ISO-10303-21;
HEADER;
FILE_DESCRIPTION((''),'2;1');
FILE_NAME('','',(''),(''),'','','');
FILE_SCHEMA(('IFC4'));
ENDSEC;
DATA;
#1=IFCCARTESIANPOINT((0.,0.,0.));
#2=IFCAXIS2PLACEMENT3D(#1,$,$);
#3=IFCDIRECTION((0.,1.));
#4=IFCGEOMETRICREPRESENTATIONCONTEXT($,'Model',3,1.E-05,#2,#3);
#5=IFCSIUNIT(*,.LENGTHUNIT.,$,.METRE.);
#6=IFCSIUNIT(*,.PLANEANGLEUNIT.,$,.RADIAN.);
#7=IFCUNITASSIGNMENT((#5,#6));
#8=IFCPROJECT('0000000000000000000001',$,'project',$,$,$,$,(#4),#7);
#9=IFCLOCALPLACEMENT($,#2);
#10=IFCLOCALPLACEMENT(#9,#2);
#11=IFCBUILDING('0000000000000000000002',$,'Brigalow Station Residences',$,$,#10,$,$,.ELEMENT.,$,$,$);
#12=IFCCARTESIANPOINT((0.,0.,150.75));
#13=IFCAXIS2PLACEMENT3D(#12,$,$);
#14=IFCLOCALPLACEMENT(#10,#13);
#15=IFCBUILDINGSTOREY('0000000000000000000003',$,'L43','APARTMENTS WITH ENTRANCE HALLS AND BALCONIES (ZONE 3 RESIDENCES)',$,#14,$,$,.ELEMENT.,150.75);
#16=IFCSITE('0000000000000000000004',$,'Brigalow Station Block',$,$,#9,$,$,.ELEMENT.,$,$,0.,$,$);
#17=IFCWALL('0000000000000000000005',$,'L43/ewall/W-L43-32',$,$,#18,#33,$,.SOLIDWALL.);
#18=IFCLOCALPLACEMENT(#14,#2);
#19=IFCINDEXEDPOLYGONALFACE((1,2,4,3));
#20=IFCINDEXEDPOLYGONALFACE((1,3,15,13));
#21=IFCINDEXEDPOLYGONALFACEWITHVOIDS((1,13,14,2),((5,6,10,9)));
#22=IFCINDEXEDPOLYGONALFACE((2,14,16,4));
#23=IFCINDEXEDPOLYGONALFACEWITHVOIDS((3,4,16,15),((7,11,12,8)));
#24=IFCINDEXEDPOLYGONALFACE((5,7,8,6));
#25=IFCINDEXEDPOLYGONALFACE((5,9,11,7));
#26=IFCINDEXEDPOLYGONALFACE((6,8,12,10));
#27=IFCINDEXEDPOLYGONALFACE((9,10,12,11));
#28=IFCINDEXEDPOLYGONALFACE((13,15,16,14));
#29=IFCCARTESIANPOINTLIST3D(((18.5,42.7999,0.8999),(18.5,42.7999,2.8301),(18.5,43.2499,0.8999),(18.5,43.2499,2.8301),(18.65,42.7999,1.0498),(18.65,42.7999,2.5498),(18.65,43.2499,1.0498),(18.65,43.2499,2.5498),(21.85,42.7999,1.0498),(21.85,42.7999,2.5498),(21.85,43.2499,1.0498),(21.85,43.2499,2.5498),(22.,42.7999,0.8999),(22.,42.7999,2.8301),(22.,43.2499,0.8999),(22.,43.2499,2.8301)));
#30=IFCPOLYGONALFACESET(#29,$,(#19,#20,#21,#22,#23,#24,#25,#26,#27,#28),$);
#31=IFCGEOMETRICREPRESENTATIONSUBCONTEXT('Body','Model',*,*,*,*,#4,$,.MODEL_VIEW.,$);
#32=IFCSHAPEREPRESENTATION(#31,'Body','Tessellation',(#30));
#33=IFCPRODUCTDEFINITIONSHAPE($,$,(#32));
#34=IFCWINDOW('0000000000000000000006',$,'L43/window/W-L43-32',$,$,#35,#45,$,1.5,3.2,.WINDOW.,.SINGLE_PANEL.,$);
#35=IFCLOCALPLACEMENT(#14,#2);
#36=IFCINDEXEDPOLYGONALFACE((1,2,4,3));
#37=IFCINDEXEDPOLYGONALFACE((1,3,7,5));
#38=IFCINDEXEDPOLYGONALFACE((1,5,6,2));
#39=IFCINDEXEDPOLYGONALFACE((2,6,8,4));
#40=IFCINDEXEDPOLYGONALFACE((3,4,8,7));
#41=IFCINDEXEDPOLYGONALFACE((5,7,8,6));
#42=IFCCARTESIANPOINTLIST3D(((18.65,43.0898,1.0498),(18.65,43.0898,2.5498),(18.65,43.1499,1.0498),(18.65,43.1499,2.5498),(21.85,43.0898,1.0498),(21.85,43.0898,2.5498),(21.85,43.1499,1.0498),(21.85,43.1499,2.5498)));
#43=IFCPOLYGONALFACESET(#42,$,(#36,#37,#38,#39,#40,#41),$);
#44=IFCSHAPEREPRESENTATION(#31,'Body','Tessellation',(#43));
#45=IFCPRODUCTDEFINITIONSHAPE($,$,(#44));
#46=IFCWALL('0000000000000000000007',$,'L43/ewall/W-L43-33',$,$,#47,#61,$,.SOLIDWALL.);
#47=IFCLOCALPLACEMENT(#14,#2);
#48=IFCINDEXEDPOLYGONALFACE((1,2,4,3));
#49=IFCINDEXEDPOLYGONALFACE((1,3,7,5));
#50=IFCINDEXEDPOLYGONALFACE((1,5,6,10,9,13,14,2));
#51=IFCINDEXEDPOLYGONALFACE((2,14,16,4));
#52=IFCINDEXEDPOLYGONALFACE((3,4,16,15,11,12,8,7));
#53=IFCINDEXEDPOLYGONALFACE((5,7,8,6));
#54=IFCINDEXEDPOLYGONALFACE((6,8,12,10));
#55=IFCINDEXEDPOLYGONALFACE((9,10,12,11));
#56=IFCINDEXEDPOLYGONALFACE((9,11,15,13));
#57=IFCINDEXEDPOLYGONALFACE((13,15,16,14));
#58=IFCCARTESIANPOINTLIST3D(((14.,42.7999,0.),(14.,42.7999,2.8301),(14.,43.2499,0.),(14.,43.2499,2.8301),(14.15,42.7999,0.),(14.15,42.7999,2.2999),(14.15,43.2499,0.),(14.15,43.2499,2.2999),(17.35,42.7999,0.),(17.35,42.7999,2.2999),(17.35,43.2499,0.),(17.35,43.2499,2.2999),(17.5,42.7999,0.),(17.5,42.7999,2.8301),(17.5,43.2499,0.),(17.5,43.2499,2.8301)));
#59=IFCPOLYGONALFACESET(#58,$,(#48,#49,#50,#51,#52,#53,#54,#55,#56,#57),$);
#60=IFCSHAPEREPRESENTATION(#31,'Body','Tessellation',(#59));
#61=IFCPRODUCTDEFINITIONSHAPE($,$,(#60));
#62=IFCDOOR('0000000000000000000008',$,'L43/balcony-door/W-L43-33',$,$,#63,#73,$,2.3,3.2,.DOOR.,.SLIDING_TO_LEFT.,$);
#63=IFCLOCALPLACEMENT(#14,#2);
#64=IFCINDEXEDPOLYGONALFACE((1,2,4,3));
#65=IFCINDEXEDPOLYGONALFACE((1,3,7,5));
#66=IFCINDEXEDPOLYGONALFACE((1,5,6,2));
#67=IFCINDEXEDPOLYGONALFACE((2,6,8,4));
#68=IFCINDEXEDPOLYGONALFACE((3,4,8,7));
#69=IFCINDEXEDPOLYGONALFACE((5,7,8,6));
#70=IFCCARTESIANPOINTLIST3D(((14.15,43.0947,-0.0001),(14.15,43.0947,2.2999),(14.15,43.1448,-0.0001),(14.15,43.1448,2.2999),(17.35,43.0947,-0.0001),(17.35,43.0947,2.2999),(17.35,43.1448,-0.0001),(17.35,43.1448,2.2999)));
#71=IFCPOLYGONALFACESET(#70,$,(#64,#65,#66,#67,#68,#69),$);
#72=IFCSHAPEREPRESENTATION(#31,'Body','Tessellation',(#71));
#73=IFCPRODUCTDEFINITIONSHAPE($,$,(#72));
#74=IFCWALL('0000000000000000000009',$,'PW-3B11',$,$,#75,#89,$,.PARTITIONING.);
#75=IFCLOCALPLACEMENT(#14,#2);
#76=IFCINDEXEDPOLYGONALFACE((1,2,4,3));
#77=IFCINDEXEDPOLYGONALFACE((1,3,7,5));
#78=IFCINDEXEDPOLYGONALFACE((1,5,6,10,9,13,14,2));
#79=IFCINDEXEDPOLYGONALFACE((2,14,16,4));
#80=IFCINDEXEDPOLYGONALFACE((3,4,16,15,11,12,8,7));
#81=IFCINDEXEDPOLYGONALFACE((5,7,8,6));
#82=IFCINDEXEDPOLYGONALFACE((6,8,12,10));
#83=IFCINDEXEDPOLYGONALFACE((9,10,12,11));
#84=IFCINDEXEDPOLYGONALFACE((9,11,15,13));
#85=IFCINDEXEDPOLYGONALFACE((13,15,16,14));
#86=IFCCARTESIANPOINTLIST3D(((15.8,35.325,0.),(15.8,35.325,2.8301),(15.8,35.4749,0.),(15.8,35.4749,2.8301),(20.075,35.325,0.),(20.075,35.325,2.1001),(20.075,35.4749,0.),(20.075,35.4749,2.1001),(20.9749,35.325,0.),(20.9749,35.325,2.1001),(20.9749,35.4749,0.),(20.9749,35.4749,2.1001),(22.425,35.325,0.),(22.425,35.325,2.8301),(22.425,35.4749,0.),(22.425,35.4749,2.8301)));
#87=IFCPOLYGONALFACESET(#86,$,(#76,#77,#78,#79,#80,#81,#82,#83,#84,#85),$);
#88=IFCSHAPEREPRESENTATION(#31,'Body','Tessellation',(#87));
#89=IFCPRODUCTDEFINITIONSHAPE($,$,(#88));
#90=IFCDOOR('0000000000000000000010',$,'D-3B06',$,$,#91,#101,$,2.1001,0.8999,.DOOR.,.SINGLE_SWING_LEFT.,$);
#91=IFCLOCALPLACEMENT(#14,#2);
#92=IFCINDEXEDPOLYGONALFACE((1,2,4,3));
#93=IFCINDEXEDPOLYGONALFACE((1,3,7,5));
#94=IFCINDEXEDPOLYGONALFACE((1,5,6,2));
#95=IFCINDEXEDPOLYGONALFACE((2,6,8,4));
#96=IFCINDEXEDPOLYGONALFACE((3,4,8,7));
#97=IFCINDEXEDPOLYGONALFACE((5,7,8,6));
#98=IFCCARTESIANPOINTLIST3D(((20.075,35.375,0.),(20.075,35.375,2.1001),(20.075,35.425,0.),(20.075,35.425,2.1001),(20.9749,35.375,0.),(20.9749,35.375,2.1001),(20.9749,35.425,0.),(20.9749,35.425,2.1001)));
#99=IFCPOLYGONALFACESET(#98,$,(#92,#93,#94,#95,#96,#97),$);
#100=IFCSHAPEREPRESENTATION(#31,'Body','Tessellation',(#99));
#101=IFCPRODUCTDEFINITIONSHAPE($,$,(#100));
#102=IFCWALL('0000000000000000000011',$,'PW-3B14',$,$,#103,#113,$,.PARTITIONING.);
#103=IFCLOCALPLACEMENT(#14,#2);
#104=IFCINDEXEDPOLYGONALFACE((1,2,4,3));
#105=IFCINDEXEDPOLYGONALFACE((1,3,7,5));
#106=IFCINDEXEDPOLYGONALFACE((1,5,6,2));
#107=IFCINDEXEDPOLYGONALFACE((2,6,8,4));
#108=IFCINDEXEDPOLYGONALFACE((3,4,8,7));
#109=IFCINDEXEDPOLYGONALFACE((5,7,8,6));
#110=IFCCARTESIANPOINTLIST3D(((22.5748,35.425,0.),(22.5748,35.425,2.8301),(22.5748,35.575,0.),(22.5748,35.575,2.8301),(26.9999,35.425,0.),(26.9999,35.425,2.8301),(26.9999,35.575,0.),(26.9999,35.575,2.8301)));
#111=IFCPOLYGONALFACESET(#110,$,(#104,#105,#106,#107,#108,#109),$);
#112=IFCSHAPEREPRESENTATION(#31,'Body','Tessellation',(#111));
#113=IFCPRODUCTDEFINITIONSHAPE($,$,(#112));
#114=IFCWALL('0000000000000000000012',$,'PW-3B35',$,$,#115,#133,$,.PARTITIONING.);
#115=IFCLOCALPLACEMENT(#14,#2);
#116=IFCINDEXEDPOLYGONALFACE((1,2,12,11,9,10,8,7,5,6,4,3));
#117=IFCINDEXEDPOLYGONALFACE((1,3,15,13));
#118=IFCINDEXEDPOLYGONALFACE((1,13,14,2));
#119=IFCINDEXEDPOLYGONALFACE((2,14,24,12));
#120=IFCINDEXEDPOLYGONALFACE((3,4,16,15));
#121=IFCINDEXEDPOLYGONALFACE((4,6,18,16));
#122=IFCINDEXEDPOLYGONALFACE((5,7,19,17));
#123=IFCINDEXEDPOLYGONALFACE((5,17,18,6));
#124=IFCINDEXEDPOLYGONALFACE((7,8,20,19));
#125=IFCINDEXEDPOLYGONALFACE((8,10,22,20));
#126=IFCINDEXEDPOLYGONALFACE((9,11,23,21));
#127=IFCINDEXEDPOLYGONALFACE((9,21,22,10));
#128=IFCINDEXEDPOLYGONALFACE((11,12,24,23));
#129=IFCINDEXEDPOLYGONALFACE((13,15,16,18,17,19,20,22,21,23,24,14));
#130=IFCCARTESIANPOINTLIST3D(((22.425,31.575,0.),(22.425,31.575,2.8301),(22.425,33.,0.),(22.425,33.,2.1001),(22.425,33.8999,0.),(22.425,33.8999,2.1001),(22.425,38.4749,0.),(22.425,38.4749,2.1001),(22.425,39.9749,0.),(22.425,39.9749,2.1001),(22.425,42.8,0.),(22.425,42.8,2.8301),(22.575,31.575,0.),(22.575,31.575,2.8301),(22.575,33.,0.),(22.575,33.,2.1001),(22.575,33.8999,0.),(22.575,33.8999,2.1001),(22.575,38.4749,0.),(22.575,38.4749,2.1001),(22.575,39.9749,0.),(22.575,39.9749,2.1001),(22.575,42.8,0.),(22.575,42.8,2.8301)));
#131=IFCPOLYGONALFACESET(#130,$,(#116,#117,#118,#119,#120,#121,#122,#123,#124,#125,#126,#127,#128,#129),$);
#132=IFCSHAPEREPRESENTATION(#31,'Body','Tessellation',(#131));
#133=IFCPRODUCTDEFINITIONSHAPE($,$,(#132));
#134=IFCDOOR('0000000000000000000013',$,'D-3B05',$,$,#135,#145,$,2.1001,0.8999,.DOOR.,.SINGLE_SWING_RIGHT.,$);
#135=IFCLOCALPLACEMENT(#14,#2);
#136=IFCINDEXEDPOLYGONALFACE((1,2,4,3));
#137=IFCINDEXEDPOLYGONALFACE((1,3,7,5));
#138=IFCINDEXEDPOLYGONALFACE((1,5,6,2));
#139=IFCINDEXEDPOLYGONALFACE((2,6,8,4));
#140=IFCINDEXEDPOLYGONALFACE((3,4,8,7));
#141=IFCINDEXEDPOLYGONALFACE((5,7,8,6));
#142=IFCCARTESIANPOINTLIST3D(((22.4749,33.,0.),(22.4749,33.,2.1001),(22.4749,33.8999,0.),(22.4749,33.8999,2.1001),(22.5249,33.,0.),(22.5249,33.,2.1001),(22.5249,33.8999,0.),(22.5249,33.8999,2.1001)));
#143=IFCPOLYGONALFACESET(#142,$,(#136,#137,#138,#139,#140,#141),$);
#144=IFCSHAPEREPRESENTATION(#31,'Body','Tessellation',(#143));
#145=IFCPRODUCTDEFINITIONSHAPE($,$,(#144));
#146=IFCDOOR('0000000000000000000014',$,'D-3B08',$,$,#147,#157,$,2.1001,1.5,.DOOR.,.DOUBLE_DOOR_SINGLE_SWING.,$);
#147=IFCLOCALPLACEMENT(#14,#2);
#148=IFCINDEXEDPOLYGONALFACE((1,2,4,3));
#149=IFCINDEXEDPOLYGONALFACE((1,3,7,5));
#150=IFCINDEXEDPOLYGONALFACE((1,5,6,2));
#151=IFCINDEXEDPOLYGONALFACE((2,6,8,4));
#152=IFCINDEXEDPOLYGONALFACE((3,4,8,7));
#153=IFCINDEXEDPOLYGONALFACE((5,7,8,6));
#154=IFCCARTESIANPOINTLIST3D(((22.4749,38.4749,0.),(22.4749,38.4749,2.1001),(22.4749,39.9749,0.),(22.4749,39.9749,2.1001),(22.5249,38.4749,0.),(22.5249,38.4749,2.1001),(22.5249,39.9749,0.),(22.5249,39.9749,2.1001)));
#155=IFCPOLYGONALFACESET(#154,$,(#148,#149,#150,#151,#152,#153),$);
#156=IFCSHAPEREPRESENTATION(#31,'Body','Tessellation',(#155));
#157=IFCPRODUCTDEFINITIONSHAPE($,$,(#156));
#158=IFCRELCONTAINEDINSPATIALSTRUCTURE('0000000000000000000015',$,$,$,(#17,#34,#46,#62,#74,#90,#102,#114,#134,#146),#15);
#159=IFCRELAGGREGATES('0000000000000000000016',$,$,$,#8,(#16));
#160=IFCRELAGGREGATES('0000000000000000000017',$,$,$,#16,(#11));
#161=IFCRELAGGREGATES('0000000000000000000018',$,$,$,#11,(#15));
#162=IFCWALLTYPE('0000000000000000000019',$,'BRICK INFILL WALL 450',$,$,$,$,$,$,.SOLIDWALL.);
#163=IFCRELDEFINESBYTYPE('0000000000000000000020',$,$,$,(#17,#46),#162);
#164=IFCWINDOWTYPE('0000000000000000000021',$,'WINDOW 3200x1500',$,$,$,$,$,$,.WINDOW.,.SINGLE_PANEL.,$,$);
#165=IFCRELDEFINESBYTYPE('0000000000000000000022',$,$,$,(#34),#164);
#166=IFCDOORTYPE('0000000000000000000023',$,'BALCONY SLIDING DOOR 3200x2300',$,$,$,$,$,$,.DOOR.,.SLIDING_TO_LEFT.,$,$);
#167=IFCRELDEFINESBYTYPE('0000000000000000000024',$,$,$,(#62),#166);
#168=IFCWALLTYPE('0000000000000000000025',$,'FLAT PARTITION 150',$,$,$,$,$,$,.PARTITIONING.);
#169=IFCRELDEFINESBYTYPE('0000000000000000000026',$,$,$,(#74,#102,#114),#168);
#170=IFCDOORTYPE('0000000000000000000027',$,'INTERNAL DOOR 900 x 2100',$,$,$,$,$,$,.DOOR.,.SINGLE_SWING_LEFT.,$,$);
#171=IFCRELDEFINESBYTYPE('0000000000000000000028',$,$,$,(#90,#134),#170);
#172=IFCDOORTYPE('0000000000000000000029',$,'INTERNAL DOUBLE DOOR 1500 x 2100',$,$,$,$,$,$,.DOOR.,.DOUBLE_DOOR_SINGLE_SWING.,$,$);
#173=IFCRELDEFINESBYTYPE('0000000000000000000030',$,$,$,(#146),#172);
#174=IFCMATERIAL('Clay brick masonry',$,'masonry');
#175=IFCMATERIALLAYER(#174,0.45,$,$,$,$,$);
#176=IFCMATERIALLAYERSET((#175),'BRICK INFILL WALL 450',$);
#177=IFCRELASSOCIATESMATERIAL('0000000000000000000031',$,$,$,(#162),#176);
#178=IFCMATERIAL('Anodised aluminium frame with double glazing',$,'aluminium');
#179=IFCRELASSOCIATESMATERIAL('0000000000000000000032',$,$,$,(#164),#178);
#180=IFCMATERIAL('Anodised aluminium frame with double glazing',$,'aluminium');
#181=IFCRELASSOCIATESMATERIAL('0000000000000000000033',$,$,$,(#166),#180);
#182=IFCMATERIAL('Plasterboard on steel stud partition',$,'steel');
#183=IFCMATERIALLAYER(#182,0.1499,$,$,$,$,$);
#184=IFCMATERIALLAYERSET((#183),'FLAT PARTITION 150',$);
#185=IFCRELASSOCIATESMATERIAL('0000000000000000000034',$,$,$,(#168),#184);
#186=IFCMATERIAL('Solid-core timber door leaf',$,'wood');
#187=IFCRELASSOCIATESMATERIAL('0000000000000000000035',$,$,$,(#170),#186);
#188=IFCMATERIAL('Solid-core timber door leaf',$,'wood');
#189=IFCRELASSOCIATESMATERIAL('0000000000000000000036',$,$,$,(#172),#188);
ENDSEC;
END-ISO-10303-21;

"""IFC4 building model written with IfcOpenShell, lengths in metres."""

from ifc_helpers import new_model, si_unit, direction, frame, frame_2d, origin, place, context, subcontext, project, spatial, rectangle, extrude, material, layer, layer_set, type_object, element, fill, save


model = new_model("IFC4")

# Units and contexts
model_context = context("Model", 3, precision=1e-05, world=origin(), true_north=direction((0.0, 1.0)))
body_context = subcontext(model_context, "Body", "Model", "MODEL_VIEW")
ifc_project = project(units=[si_unit("LENGTHUNIT", "METRE"), si_unit("PLANEANGLEUNIT", "RADIAN")], contexts=[model_context])

# Site, building, storey
site_placement = place(None, origin())
site = spatial("IfcSite", under=ifc_project, at=site_placement, Name="Brigalow Station Block", CompositionType="ELEMENT", RefElevation=0.0)
building_placement = place(site_placement, origin())
building = spatial("IfcBuilding", under=site, at=building_placement, Name="Brigalow Station Residences", CompositionType="ELEMENT")
storey_placement = place(building_placement, frame((0.0, 0.0, 150.75)))
storey = spatial("IfcBuildingStorey", under=building, at=storey_placement, Name="L43", Description="APARTMENTS WITH ENTRANCE HALLS AND BALCONIES (ZONE 3 RESIDENCES)", CompositionType="ELEMENT", Elevation=150.75)

# Wall, opening, window
ifc_material_1 = material(Name="Clay brick masonry", Category="masonry")
ifc_layer_1 = layer(ifc_material_1, 0.45)
ifc_layer_set_1 = layer_set([ifc_layer_1], Name="BRICK INFILL WALL 450")
wall_type_1 = type_object("IfcWallType", Name="BRICK INFILL WALL 450", PredefinedType="SOLIDWALL", material=ifc_layer_set_1)
ifc_material_2 = material(Name="Anodised aluminium frame with double glazing", Category="aluminium")
window_type = type_object("IfcWindowType", Name="WINDOW 3200x1500", PartitioningType="SINGLE_PANEL", PredefinedType="WINDOW", material=ifc_material_2)
wall_1_placement = place(storey_placement, frame((22.0, 43.0249, 0.8999), z_axis=(0.0, 0.0, 1.0), x_axis=(-1.0, 0.0, 0.0)))
wall_1 = element("IfcWall", 1, at=wall_1_placement, inside=storey, type_object=wall_type_1, Name="L43/ewall/W-L43-32", PredefinedType="SOLIDWALL", context=body_context, shape_type="SweptSolid", body=[
    extrude(rectangle(XDim=3.5, YDim=0.45, at=frame_2d((1.75, 0.0))), origin(), (0.0, 0.0, 1.0), 1.9302),
])
opening_1_placement = place(wall_1_placement, frame((0.1499, 0.0, 0.1499)))
opening_1 = element("IfcOpeningElement", 2, at=opening_1_placement, cuts=wall_1, PredefinedType="OPENING", context=body_context, shape_type="SweptSolid", body=[
    extrude(rectangle(XDim=3.2, YDim=1.5, at=frame_2d((1.6001, 0.75))), frame((0.0, 0.2349, 0.0), z_axis=(0.0, -1.0, 0.0), x_axis=(1.0, 0.0, 0.0)), (0.0, 0.0, 1.0), 0.47),
])
window_1_placement = place(opening_1_placement, origin())
window_1 = element("IfcWindow", 3, at=window_1_placement, inside=storey, type_object=window_type, Name="L43/window/W-L43-32", OverallHeight=1.5, OverallWidth=3.2, PartitioningType="SINGLE_PANEL", PredefinedType="WINDOW", context=body_context, shape_type="SweptSolid", body=[
    extrude(rectangle(XDim=3.2, YDim=1.5, at=frame_2d((1.6001, 0.75))), frame((0.0, -0.0649, 0.0), z_axis=(0.0, -1.0, 0.0), x_axis=(1.0, 0.0, 0.0)), (0.0, 0.0, 1.0), 0.0601),
])
fill(opening_1, window_1)

# Walls, openings, doors
wall_2_placement = place(storey_placement, frame((17.5, 43.0249, 0.0), z_axis=(0.0, 0.0, 1.0), x_axis=(-1.0, 0.0, 0.0)))
wall_2 = element("IfcWall", 4, at=wall_2_placement, inside=storey, type_object=wall_type_1, Name="L43/ewall/W-L43-33", PredefinedType="SOLIDWALL", context=body_context, shape_type="SweptSolid", body=[
    extrude(rectangle(XDim=3.5, YDim=0.45, at=frame_2d((1.75, 0.0))), origin(), (0.0, 0.0, 1.0), 2.8301),
])
opening_2_placement = place(wall_2_placement, frame((0.1499, 0.0, 0.0)))
opening_2 = element("IfcOpeningElement", 5, at=opening_2_placement, cuts=wall_2, PredefinedType="OPENING", context=body_context, shape_type="SweptSolid", body=[
    extrude(rectangle(XDim=3.2, YDim=2.3, at=frame_2d((1.6001, 1.1499))), frame((0.0, 0.2349, 0.0), z_axis=(0.0, -1.0, 0.0), x_axis=(1.0, 0.0, 0.0)), (0.0, 0.0, 1.0), 0.47),
])
ifc_material_3 = material(Name="Anodised aluminium frame with double glazing", Category="aluminium")
door_type_1 = type_object("IfcDoorType", Name="BALCONY SLIDING DOOR 3200x2300", OperationType="SLIDING_TO_LEFT", PredefinedType="DOOR", material=ifc_material_3)
door_1_placement = place(opening_2_placement, origin())
door_1 = element("IfcDoor", 6, at=door_1_placement, inside=storey, type_object=door_type_1, Name="L43/balcony-door/W-L43-33", OperationType="SLIDING_TO_LEFT", OverallHeight=2.3, OverallWidth=3.2, PredefinedType="DOOR", context=body_context, shape_type="SweptSolid", body=[
    extrude(rectangle(XDim=3.2, YDim=2.3, at=frame_2d((1.6001, 1.1499))), frame((0.0, -0.0698, 0.0), z_axis=(0.0, -1.0, 0.0), x_axis=(1.0, 0.0, 0.0)), (0.0, 0.0, 1.0), 0.05),
])
fill(opening_2, door_1)
ifc_material_4 = material(Name="Plasterboard on steel stud partition", Category="steel")
ifc_layer_2 = layer(ifc_material_4, 0.1499)
ifc_layer_set_2 = layer_set([ifc_layer_2], Name="FLAT PARTITION 150")
wall_type_2 = type_object("IfcWallType", Name="FLAT PARTITION 150", PredefinedType="PARTITIONING", material=ifc_layer_set_2)
wall_3_placement = place(storey_placement, frame((15.8, 35.3999, 0.0), z_axis=(0.0, 0.0, 1.0), x_axis=(1.0, 0.0, 0.0)))
wall_3 = element("IfcWall", 7, at=wall_3_placement, inside=storey, type_object=wall_type_2, Name="PW-3B11", PredefinedType="PARTITIONING", context=body_context, shape_type="SweptSolid", body=[
    extrude(rectangle(XDim=6.625, YDim=0.1499, at=frame_2d((3.3125, 0.0))), origin(), (0.0, 0.0, 1.0), 2.8301),
])
opening_3_placement = place(wall_3_placement, frame((4.2749, 0.0, 0.0)))
opening_3 = element("IfcOpeningElement", 8, at=opening_3_placement, cuts=wall_3, PredefinedType="OPENING", context=body_context, shape_type="SweptSolid", body=[
    extrude(rectangle(XDim=0.8999, YDim=2.1001, at=frame_2d((0.45, 1.05))), frame((0.0, 0.085, 0.0), z_axis=(0.0, -1.0, 0.0), x_axis=(1.0, 0.0, 0.0)), (0.0, 0.0, 1.0), 0.1699),
])
ifc_material_5 = material(Name="Solid-core timber door leaf", Category="wood")
door_type_2 = type_object("IfcDoorType", Name="INTERNAL DOOR 900 x 2100", OperationType="SINGLE_SWING_LEFT", PredefinedType="DOOR", material=ifc_material_5)
door_2_placement = place(opening_3_placement, frame((0.8999, 0.0, 0.0), z_axis=(0.0, 0.0, 1.0), x_axis=(-1.0, 0.0, 0.0)))
door_2 = element("IfcDoor", 9, at=door_2_placement, inside=storey, type_object=door_type_2, Name="D-3B06", OperationType="SINGLE_SWING_LEFT", OverallHeight=2.1001, OverallWidth=0.8999, PredefinedType="DOOR", context=body_context, shape_type="SweptSolid", body=[
    extrude(rectangle(XDim=0.8999, YDim=2.1001, at=frame_2d((0.45, 1.05))), frame((0.0, 0.0249, 0.0), z_axis=(0.0, -1.0, 0.0), x_axis=(1.0, 0.0, 0.0)), (0.0, 0.0, 1.0), 0.05),
])
fill(opening_3, door_2)

# Wall
wall_4_placement = place(storey_placement, frame((22.575, 35.5, 0.0), z_axis=(0.0, 0.0, 1.0), x_axis=(1.0, 0.0, 0.0)))
element("IfcWall", 10, at=wall_4_placement, inside=storey, type_object=wall_type_2, Name="PW-3B14", PredefinedType="PARTITIONING", context=body_context, shape_type="SweptSolid", body=[
    extrude(rectangle(XDim=4.425, YDim=0.1499, at=frame_2d((2.2124, 0.0))), origin(), (0.0, 0.0, 1.0), 2.8301),
])

# Wall, openings, doors
wall_5_placement = place(storey_placement, frame((22.5, 31.575, 0.0), z_axis=(0.0, 0.0, 1.0), x_axis=(0.0, 1.0, 0.0)))
wall_5 = element("IfcWall", 11, at=wall_5_placement, inside=storey, type_object=wall_type_2, Name="PW-3B35", PredefinedType="PARTITIONING", context=body_context, shape_type="SweptSolid", body=[
    extrude(rectangle(XDim=11.2251, YDim=0.1499, at=frame_2d((5.6125, 0.0))), origin(), (0.0, 0.0, 1.0), 2.8301),
])
opening_4_placement = place(wall_5_placement, frame((1.425, 0.0, 0.0)))
opening_4 = element("IfcOpeningElement", 12, at=opening_4_placement, cuts=wall_5, PredefinedType="OPENING", context=body_context, shape_type="SweptSolid", body=[
    extrude(rectangle(XDim=0.8999, YDim=2.1001, at=frame_2d((0.45, 1.05))), frame((0.0, 0.085, 0.0), z_axis=(0.0, -1.0, 0.0), x_axis=(1.0, 0.0, 0.0)), (0.0, 0.0, 1.0), 0.1699),
])
opening_5_placement = place(wall_5_placement, frame((6.8999, 0.0, 0.0)))
opening_5 = element("IfcOpeningElement", 13, at=opening_5_placement, cuts=wall_5, PredefinedType="OPENING", context=body_context, shape_type="SweptSolid", body=[
    extrude(rectangle(XDim=1.5, YDim=2.1001, at=frame_2d((0.75, 1.05))), frame((0.0, 0.085, 0.0), z_axis=(0.0, -1.0, 0.0), x_axis=(1.0, 0.0, 0.0)), (0.0, 0.0, 1.0), 0.1699),
])
door_3_placement = place(opening_4_placement, frame((0.8999, 0.0, 0.0), z_axis=(0.0, 0.0, 1.0), x_axis=(-1.0, 0.0, 0.0)))
door_3 = element("IfcDoor", 14, at=door_3_placement, inside=storey, type_object=door_type_2, Name="D-3B05", OperationType="SINGLE_SWING_RIGHT", OverallHeight=2.1001, OverallWidth=0.8999, PredefinedType="DOOR", context=body_context, shape_type="SweptSolid", body=[
    extrude(rectangle(XDim=0.8999, YDim=2.1001, at=frame_2d((0.45, 1.05))), frame((0.0, 0.0249, 0.0), z_axis=(0.0, -1.0, 0.0), x_axis=(1.0, 0.0, 0.0)), (0.0, 0.0, 1.0), 0.05),
])
fill(opening_4, door_3)
ifc_material_6 = material(Name="Solid-core timber door leaf", Category="wood")
door_type_3 = type_object("IfcDoorType", Name="INTERNAL DOUBLE DOOR 1500 x 2100", OperationType="DOUBLE_DOOR_SINGLE_SWING", PredefinedType="DOOR", material=ifc_material_6)
door_4_placement = place(opening_5_placement, frame((1.5, 0.0, 0.0), z_axis=(0.0, 0.0, 1.0), x_axis=(-1.0, 0.0, 0.0)))
door_4 = element("IfcDoor", 15, at=door_4_placement, inside=storey, type_object=door_type_3, Name="D-3B08", OperationType="DOUBLE_DOOR_SINGLE_SWING", OverallHeight=2.1001, OverallWidth=1.5, PredefinedType="DOOR", context=body_context, shape_type="SweptSolid", body=[
    extrude(rectangle(XDim=1.5, YDim=2.1001, at=frame_2d((0.75, 1.05))), frame((0.0, 0.0249, 0.0), z_axis=(0.0, -1.0, 0.0), x_axis=(1.0, 0.0, 0.0)), (0.0, 0.0, 1.0), 0.05),
])
fill(opening_5, door_4)

save(model, "model.ifc")
